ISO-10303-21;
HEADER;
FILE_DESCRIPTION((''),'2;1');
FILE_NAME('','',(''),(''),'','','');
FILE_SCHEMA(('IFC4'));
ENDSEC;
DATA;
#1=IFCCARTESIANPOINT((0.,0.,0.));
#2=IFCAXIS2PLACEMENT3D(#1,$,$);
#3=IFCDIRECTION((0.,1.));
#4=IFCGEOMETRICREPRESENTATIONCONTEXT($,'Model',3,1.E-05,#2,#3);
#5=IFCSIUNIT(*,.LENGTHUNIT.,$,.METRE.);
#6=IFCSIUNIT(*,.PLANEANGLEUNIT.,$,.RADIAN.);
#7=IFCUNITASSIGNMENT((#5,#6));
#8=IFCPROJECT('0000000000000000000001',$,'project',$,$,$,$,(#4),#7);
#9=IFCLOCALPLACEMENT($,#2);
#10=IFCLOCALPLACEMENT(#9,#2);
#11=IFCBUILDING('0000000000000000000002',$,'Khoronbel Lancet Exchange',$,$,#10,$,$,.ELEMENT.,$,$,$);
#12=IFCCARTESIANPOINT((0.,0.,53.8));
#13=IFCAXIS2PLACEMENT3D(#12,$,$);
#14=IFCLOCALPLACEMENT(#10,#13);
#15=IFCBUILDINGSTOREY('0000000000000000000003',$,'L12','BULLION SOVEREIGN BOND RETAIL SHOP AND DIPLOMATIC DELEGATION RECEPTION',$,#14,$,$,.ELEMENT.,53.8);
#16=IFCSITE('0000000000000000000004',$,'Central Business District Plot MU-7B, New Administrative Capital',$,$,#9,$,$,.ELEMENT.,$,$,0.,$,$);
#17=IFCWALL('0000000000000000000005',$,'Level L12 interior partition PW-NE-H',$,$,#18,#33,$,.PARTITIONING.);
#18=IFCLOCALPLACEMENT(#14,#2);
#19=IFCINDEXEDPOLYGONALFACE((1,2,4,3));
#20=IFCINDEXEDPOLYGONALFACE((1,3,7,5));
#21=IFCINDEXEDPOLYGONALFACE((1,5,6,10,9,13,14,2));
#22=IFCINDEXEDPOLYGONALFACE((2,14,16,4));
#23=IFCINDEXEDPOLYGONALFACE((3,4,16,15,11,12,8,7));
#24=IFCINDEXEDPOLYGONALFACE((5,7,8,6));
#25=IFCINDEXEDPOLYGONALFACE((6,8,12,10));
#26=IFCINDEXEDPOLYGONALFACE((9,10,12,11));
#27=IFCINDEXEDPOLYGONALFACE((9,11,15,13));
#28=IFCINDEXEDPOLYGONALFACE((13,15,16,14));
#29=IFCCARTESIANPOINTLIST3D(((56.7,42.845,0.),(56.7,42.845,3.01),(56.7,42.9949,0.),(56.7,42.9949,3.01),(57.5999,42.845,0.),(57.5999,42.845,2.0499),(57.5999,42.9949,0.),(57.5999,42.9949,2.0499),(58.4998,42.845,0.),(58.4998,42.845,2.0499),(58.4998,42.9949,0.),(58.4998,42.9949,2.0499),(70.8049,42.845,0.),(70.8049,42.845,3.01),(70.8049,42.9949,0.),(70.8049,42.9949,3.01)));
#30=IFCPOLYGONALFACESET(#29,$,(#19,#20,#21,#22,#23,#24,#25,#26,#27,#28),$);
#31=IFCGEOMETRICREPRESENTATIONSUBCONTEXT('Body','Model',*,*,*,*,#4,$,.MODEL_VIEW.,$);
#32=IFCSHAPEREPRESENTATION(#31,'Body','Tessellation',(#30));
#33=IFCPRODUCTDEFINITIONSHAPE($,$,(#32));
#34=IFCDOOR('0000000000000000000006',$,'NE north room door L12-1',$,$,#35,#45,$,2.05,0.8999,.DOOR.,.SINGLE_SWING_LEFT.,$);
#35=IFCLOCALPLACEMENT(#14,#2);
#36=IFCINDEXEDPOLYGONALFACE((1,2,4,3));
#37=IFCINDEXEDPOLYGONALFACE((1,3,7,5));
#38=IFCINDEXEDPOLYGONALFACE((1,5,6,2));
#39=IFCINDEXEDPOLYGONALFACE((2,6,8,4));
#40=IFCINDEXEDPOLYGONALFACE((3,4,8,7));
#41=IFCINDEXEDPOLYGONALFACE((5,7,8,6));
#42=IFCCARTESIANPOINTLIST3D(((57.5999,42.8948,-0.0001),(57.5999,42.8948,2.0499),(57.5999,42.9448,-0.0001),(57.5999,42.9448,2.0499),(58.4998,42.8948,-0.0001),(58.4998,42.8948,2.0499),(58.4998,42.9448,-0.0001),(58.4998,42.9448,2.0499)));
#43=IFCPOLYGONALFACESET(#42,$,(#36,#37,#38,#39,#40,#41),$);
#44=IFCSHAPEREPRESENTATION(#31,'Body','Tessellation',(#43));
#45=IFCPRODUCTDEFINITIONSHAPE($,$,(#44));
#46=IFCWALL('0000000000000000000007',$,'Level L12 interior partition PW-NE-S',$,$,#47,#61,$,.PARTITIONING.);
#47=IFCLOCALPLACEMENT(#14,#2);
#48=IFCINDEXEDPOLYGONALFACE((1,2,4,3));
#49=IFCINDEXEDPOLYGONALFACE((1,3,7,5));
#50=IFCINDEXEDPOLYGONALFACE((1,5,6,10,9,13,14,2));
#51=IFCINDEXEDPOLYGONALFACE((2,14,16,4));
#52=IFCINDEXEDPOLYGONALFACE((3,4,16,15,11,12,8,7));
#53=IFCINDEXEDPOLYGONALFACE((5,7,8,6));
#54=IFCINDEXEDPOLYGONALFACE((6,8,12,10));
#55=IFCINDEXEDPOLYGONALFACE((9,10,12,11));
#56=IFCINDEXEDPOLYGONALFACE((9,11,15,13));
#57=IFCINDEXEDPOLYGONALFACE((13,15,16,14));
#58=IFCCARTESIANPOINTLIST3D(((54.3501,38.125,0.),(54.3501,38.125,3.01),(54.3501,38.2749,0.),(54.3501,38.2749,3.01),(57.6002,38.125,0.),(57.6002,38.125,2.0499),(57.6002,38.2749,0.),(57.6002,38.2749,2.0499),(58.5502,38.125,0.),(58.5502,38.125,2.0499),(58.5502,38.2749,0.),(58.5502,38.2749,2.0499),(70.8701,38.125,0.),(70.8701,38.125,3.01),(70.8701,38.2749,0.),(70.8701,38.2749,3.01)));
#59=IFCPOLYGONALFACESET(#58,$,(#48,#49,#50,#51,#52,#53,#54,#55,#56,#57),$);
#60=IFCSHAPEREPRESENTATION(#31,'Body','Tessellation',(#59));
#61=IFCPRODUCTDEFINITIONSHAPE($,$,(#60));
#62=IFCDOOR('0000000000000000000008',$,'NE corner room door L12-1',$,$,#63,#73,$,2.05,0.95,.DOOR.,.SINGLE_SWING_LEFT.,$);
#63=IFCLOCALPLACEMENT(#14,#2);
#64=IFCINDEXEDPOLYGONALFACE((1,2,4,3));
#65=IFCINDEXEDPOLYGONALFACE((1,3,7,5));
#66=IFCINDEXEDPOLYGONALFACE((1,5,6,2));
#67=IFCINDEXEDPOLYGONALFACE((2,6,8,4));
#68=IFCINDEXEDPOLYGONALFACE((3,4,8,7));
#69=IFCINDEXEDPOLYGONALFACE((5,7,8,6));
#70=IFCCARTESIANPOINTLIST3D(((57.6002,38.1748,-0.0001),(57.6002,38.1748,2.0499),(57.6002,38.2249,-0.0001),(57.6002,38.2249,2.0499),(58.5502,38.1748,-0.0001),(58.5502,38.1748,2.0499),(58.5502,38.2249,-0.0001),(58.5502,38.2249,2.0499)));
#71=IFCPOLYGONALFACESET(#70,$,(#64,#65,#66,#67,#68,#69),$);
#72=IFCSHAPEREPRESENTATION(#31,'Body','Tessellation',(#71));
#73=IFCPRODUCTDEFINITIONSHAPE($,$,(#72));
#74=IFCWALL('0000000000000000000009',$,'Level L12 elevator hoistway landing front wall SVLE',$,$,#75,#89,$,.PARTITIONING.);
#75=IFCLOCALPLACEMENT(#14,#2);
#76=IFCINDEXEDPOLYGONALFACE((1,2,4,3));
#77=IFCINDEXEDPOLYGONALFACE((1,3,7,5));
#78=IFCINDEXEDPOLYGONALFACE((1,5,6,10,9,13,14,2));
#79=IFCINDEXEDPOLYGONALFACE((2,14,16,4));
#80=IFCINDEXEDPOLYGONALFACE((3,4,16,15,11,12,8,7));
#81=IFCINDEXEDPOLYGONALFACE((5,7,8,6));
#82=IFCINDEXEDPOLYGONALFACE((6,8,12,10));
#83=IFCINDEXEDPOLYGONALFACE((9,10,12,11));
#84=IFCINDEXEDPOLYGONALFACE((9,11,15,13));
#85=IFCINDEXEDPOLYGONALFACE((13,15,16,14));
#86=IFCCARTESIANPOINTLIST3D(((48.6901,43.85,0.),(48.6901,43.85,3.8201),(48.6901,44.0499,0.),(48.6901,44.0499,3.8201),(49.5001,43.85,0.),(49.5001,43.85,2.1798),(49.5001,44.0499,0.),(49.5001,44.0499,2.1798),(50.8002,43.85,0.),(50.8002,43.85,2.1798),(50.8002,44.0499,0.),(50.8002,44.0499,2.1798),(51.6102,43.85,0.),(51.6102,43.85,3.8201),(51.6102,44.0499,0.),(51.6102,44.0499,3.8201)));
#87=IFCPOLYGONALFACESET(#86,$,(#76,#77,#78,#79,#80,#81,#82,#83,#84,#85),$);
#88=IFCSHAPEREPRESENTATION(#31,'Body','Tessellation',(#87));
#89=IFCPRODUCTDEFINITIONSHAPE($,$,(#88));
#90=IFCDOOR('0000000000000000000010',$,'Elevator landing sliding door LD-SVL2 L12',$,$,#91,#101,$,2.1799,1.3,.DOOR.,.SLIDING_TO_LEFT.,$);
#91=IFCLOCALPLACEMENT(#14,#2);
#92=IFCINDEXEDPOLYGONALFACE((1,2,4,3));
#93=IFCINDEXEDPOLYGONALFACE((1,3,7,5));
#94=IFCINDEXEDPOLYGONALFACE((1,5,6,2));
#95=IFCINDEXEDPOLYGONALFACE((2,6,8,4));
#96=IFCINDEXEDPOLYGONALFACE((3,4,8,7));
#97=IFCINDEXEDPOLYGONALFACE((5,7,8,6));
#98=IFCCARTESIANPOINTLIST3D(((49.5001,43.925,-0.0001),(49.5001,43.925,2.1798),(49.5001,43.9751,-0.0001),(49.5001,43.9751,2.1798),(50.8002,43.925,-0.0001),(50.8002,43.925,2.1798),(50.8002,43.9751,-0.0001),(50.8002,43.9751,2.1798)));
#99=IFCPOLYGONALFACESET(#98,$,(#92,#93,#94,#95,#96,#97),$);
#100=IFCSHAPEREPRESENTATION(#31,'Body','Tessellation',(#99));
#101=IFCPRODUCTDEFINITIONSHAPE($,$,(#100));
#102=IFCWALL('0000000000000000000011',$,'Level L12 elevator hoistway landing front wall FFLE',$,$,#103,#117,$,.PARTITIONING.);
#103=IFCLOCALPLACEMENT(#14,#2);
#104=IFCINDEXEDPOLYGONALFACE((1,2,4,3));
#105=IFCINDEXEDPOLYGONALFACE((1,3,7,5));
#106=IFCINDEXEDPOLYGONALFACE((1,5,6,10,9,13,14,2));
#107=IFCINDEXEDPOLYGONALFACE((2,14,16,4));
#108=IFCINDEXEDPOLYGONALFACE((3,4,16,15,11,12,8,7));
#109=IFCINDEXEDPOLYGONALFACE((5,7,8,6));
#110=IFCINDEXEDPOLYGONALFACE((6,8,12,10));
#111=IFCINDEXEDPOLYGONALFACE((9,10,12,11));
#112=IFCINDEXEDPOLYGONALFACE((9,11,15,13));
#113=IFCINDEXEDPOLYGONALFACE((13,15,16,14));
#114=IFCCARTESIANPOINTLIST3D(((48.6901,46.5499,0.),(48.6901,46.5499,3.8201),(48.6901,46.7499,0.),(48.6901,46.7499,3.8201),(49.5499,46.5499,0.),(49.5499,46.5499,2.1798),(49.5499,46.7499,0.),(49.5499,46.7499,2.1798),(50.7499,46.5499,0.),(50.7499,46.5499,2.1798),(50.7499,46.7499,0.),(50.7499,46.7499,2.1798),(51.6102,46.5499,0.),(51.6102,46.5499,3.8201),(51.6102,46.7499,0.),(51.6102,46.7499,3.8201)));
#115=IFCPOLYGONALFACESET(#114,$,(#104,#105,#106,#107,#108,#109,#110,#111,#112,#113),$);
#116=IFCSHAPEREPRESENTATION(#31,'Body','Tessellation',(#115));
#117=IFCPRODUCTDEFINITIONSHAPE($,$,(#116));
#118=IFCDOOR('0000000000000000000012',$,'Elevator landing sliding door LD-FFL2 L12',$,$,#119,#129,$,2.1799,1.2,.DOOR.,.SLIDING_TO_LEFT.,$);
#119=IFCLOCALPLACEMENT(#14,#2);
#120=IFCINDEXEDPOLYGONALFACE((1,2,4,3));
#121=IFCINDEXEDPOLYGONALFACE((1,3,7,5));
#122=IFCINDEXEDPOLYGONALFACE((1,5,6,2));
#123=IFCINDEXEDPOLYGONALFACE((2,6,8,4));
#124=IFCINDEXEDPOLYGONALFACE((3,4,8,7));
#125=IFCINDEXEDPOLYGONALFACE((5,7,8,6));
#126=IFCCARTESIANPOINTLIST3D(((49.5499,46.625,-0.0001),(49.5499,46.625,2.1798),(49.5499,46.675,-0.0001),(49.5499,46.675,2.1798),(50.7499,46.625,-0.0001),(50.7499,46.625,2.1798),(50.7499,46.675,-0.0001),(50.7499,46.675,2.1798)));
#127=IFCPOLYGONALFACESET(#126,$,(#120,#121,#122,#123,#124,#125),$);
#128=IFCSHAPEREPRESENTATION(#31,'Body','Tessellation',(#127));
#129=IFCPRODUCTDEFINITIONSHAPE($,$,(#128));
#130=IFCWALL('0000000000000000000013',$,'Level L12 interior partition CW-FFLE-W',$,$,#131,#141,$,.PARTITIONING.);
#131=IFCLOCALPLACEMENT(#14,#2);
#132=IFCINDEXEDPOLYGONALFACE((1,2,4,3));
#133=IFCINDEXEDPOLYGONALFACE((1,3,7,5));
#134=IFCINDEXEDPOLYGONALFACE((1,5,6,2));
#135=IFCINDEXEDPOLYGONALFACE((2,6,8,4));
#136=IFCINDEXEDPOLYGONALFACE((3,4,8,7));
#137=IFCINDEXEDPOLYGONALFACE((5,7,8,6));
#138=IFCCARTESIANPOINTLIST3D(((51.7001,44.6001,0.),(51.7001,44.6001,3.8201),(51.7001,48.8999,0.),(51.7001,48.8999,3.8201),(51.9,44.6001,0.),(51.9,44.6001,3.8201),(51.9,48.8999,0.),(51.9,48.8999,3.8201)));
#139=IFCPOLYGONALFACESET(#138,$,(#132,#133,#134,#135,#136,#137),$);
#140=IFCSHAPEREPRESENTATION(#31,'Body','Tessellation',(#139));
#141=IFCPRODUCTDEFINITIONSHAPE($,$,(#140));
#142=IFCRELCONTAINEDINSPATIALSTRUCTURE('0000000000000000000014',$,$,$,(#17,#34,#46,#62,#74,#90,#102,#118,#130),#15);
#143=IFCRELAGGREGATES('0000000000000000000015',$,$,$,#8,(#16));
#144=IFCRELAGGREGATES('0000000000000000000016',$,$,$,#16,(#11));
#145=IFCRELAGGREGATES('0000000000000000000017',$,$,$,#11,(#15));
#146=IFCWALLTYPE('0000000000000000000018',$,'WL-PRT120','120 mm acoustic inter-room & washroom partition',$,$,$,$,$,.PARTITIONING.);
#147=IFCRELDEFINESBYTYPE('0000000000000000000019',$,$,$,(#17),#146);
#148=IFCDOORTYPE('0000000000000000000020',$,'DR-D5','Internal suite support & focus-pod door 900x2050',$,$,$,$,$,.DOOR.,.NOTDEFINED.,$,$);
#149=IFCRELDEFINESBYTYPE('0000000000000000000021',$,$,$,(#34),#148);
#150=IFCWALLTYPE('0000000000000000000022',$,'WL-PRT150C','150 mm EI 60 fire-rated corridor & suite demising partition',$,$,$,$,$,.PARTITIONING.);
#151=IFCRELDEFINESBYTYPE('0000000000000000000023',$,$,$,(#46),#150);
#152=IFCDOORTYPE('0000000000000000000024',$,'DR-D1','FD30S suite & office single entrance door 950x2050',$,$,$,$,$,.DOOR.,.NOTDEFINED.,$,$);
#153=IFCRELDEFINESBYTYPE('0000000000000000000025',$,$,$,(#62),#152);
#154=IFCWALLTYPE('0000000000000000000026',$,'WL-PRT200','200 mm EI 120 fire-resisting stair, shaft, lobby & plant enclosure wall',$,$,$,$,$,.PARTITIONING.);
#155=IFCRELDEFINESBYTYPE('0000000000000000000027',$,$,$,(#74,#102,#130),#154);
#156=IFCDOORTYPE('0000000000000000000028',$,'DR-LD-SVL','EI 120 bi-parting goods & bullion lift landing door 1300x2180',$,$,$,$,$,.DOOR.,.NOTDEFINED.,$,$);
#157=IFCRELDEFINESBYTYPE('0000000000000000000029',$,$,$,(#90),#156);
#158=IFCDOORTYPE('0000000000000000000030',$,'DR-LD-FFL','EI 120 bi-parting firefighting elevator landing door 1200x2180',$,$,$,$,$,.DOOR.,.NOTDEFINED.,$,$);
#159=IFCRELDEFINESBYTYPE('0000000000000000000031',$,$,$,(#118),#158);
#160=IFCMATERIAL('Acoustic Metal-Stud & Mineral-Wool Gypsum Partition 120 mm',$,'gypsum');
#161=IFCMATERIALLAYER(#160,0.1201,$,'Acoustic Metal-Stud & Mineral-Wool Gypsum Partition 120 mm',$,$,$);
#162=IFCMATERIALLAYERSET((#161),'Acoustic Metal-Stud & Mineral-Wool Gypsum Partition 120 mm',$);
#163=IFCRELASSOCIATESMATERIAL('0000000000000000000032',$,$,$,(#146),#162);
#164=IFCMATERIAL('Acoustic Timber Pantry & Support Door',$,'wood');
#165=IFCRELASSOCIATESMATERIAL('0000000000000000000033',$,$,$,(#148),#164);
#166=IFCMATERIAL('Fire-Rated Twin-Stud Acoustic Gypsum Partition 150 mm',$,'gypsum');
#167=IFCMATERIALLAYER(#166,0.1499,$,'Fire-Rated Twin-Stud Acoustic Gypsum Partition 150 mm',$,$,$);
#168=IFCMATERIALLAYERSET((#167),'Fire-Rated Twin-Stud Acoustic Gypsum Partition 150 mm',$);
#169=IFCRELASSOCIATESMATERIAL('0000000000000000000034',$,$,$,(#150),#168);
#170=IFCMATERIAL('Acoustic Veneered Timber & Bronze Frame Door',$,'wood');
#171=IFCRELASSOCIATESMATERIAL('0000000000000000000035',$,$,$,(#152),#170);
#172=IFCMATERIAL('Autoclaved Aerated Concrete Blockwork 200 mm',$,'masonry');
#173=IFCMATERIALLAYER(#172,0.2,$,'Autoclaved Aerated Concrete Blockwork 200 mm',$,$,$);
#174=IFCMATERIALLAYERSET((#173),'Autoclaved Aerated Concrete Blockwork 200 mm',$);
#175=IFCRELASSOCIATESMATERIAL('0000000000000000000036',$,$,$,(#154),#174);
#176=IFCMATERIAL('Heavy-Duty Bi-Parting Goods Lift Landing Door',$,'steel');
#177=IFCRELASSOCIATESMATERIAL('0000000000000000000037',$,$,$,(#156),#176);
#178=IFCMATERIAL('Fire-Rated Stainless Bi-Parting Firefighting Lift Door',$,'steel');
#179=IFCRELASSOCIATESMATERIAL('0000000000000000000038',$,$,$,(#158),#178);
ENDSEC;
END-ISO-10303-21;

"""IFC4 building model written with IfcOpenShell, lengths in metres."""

from ifc_helpers import new_model, si_unit, direction, frame, frame_2d, origin, place, context, subcontext, project, spatial, rectangle, extrude, material, layer, layer_set, type_object, element, fill, save


model = new_model("IFC4")

# Units and contexts
model_context = context("Model", 3, precision=1e-05, world=origin(), true_north=direction((0.0, 1.0)))
body_context = subcontext(model_context, "Body", "Model", "MODEL_VIEW")
ifc_project = project(units=[si_unit("LENGTHUNIT", "METRE"), si_unit("PLANEANGLEUNIT", "RADIAN")], contexts=[model_context])

# Site, building, storey
site_placement = place(None, origin())
site = spatial("IfcSite", under=ifc_project, at=site_placement, Name="Central Business District Plot MU-7B, New Administrative Capital", CompositionType="ELEMENT", RefElevation=0.0)
building_placement = place(site_placement, origin())
building = spatial("IfcBuilding", under=site, at=building_placement, Name="Khoronbel Lancet Exchange", CompositionType="ELEMENT")
storey_placement = place(building_placement, frame((0.0, 0.0, 53.8)))
storey = spatial("IfcBuildingStorey", under=building, at=storey_placement, Name="L12", Description="BULLION SOVEREIGN BOND RETAIL SHOP AND DIPLOMATIC DELEGATION RECEPTION", CompositionType="ELEMENT", Elevation=53.8)

# Shared definitions
ifc_material_1 = material(Name="Acoustic Metal-Stud & Mineral-Wool Gypsum Partition 120 mm", Category="gypsum")
ifc_layer_1 = layer(ifc_material_1, 0.1201, Name="Acoustic Metal-Stud & Mineral-Wool Gypsum Partition 120 mm")
ifc_layer_set_1 = layer_set([ifc_layer_1], Name="Acoustic Metal-Stud & Mineral-Wool Gypsum Partition 120 mm")
wall_type_1 = type_object("IfcWallType", Name="WL-PRT120", Description="120 mm acoustic inter-room & washroom partition", PredefinedType="PARTITIONING", material=ifc_layer_set_1)

# Walls, openings, doors
wall_1_placement = place(storey_placement, frame((56.7, 42.9199, 0.0), z_axis=(0.0, 0.0, 1.0), x_axis=(1.0, 0.0, 0.0)))
wall_1 = element("IfcWall", 1, at=wall_1_placement, inside=storey, type_object=wall_type_1, Name="Level L12 interior partition PW-NE-H", PredefinedType="PARTITIONING", context=body_context, shape_type="SweptSolid", body=[
    extrude(rectangle(XDim=14.105, YDim=0.1499, at=frame_2d((7.0525, 0.0))), origin(), (0.0, 0.0, 1.0), 3.01),
])
opening_1_placement = place(wall_1_placement, frame((0.8999, 0.0, 0.0)))
opening_1 = element("IfcOpeningElement", 2, at=opening_1_placement, cuts=wall_1, PredefinedType="OPENING", context=body_context, shape_type="SweptSolid", body=[
    extrude(rectangle(XDim=0.8999, YDim=2.05, at=frame_2d((0.45, 1.0249))), frame((0.0, 0.085, 0.0), z_axis=(0.0, -1.0, 0.0), x_axis=(1.0, 0.0, 0.0)), (0.0, 0.0, 1.0), 0.1699),
])
ifc_material_2 = material(Name="Acoustic Timber Pantry & Support Door", Category="wood")
door_type_1 = type_object("IfcDoorType", Name="DR-D5", Description="Internal suite support & focus-pod door 900x2050", OperationType="NOTDEFINED", PredefinedType="DOOR", material=ifc_material_2)
door_1_placement = place(opening_1_placement, origin())
door_1 = element("IfcDoor", 3, at=door_1_placement, inside=storey, type_object=door_type_1, Name="NE north room door L12-1", OperationType="SINGLE_SWING_LEFT", OverallHeight=2.05, OverallWidth=0.8999, PredefinedType="DOOR", context=body_context, shape_type="SweptSolid", body=[
    extrude(rectangle(XDim=0.8999, YDim=2.05, at=frame_2d((0.45, 1.0249))), frame((0.0, 0.0249, 0.0), z_axis=(0.0, -1.0, 0.0), x_axis=(1.0, 0.0, 0.0)), (0.0, 0.0, 1.0), 0.05),
])
fill(opening_1, door_1)
ifc_material_3 = material(Name="Fire-Rated Twin-Stud Acoustic Gypsum Partition 150 mm", Category="gypsum")
ifc_layer_2 = layer(ifc_material_3, 0.1499, Name="Fire-Rated Twin-Stud Acoustic Gypsum Partition 150 mm")
ifc_layer_set_2 = layer_set([ifc_layer_2], Name="Fire-Rated Twin-Stud Acoustic Gypsum Partition 150 mm")
wall_type_2 = type_object("IfcWallType", Name="WL-PRT150C", Description="150 mm EI 60 fire-rated corridor & suite demising partition", PredefinedType="PARTITIONING", material=ifc_layer_set_2)
wall_2_placement = place(storey_placement, frame((54.3501, 38.2, 0.0), z_axis=(0.0, 0.0, 1.0), x_axis=(1.0, 0.0, 0.0)))
wall_2 = element("IfcWall", 4, at=wall_2_placement, inside=storey, type_object=wall_type_2, Name="Level L12 interior partition PW-NE-S", PredefinedType="PARTITIONING", context=body_context, shape_type="SweptSolid", body=[
    extrude(rectangle(XDim=16.52, YDim=0.1499, at=frame_2d((8.26, 0.0))), origin(), (0.0, 0.0, 1.0), 3.01),
])
opening_2_placement = place(wall_2_placement, frame((3.25, 0.0, 0.0)))
opening_2 = element("IfcOpeningElement", 5, at=opening_2_placement, cuts=wall_2, PredefinedType="OPENING", context=body_context, shape_type="SweptSolid", body=[
    extrude(rectangle(XDim=0.95, YDim=2.05, at=frame_2d((0.4751, 1.0249))), frame((0.0, 0.085, 0.0), z_axis=(0.0, -1.0, 0.0), x_axis=(1.0, 0.0, 0.0)), (0.0, 0.0, 1.0), 0.1699),
])
ifc_material_4 = material(Name="Acoustic Veneered Timber & Bronze Frame Door", Category="wood")
door_type_2 = type_object("IfcDoorType", Name="DR-D1", Description="FD30S suite & office single entrance door 950x2050", OperationType="NOTDEFINED", PredefinedType="DOOR", material=ifc_material_4)
door_2_placement = place(opening_2_placement, origin())
door_2 = element("IfcDoor", 6, at=door_2_placement, inside=storey, type_object=door_type_2, Name="NE corner room door L12-1", OperationType="SINGLE_SWING_LEFT", OverallHeight=2.05, OverallWidth=0.95, PredefinedType="DOOR", context=body_context, shape_type="SweptSolid", body=[
    extrude(rectangle(XDim=0.95, YDim=2.05, at=frame_2d((0.4751, 1.0249))), frame((0.0, 0.0249, 0.0), z_axis=(0.0, -1.0, 0.0), x_axis=(1.0, 0.0, 0.0)), (0.0, 0.0, 1.0), 0.05),
])
fill(opening_2, door_2)
ifc_material_5 = material(Name="Autoclaved Aerated Concrete Blockwork 200 mm", Category="masonry")
ifc_layer_3 = layer(ifc_material_5, 0.2, Name="Autoclaved Aerated Concrete Blockwork 200 mm")
ifc_layer_set_3 = layer_set([ifc_layer_3], Name="Autoclaved Aerated Concrete Blockwork 200 mm")
wall_type_3 = type_object("IfcWallType", Name="WL-PRT200", Description="200 mm EI 120 fire-resisting stair, shaft, lobby & plant enclosure wall", PredefinedType="PARTITIONING", material=ifc_layer_set_3)
wall_3_placement = place(storey_placement, frame((51.6101, 43.95, 0.0), z_axis=(0.0, 0.0, 1.0), x_axis=(-1.0, 0.0, 0.0)))
wall_3 = element("IfcWall", 7, at=wall_3_placement, inside=storey, type_object=wall_type_3, Name="Level L12 elevator hoistway landing front wall SVLE", PredefinedType="PARTITIONING", context=body_context, shape_type="SweptSolid", body=[
    extrude(rectangle(XDim=2.9202, YDim=0.2, at=frame_2d((1.46, 0.0))), origin(), (0.0, 0.0, 1.0), 3.8201),
])
opening_3_placement = place(wall_3_placement, frame((0.8101, 0.0, 0.0)))
opening_3 = element("IfcOpeningElement", 8, at=opening_3_placement, cuts=wall_3, PredefinedType="OPENING", context=body_context, shape_type="SweptSolid", body=[
    extrude(rectangle(XDim=1.3, YDim=2.1799, at=frame_2d((0.6499, 1.0898))), frame((0.0, 0.1099, 0.0), z_axis=(0.0, -1.0, 0.0), x_axis=(1.0, 0.0, 0.0)), (0.0, 0.0, 1.0), 0.22),
])
ifc_material_6 = material(Name="Heavy-Duty Bi-Parting Goods Lift Landing Door", Category="steel")
door_type_3 = type_object("IfcDoorType", Name="DR-LD-SVL", Description="EI 120 bi-parting goods & bullion lift landing door 1300x2180", OperationType="NOTDEFINED", PredefinedType="DOOR", material=ifc_material_6)
door_3_placement = place(opening_3_placement, origin())
door_3 = element("IfcDoor", 9, at=door_3_placement, inside=storey, type_object=door_type_3, Name="Elevator landing sliding door LD-SVL2 L12", OperationType="SLIDING_TO_LEFT", OverallHeight=2.1799, OverallWidth=1.3, PredefinedType="DOOR", context=body_context, shape_type="SweptSolid", body=[
    extrude(rectangle(XDim=1.3, YDim=2.1799, at=frame_2d((0.6499, 1.0898))), frame((0.0, 0.0249, 0.0), z_axis=(0.0, -1.0, 0.0), x_axis=(1.0, 0.0, 0.0)), (0.0, 0.0, 1.0), 0.05),
])
fill(opening_3, door_3)
wall_4_placement = place(storey_placement, frame((51.6101, 46.6499, 0.0), z_axis=(0.0, 0.0, 1.0), x_axis=(-1.0, 0.0, 0.0)))
wall_4 = element("IfcWall", 10, at=wall_4_placement, inside=storey, type_object=wall_type_3, Name="Level L12 elevator hoistway landing front wall FFLE", PredefinedType="PARTITIONING", context=body_context, shape_type="SweptSolid", body=[
    extrude(rectangle(XDim=2.9202, YDim=0.2, at=frame_2d((1.46, 0.0))), origin(), (0.0, 0.0, 1.0), 3.8201),
])
opening_4_placement = place(wall_4_placement, frame((0.8601, 0.0, 0.0)))
opening_4 = element("IfcOpeningElement", 11, at=opening_4_placement, cuts=wall_4, PredefinedType="OPENING", context=body_context, shape_type="SweptSolid", body=[
    extrude(rectangle(XDim=1.2, YDim=2.1799, at=frame_2d((0.6001, 1.0898))), frame((0.0, 0.1099, 0.0), z_axis=(0.0, -1.0, 0.0), x_axis=(1.0, 0.0, 0.0)), (0.0, 0.0, 1.0), 0.22),
])
ifc_material_7 = material(Name="Fire-Rated Stainless Bi-Parting Firefighting Lift Door", Category="steel")
door_type_4 = type_object("IfcDoorType", Name="DR-LD-FFL", Description="EI 120 bi-parting firefighting elevator landing door 1200x2180", OperationType="NOTDEFINED", PredefinedType="DOOR", material=ifc_material_7)
door_4_placement = place(opening_4_placement, origin())
door_4 = element("IfcDoor", 12, at=door_4_placement, inside=storey, type_object=door_type_4, Name="Elevator landing sliding door LD-FFL2 L12", OperationType="SLIDING_TO_LEFT", OverallHeight=2.1799, OverallWidth=1.2, PredefinedType="DOOR", context=body_context, shape_type="SweptSolid", body=[
    extrude(rectangle(XDim=1.2, YDim=2.1799, at=frame_2d((0.6001, 1.0898))), frame((0.0, 0.0249, 0.0), z_axis=(0.0, -1.0, 0.0), x_axis=(1.0, 0.0, 0.0)), (0.0, 0.0, 1.0), 0.05),
])
fill(opening_4, door_4)

# Wall
wall_5_placement = place(storey_placement, frame((51.8, 44.6001, 0.0), z_axis=(0.0, 0.0, 1.0), x_axis=(0.0, 1.0, 0.0)))
element("IfcWall", 13, at=wall_5_placement, inside=storey, type_object=wall_type_3, Name="Level L12 interior partition CW-FFLE-W", PredefinedType="PARTITIONING", context=body_context, shape_type="SweptSolid", body=[
    extrude(rectangle(XDim=4.2998, YDim=0.2, at=frame_2d((2.1499, 0.0))), origin(), (0.0, 0.0, 1.0), 3.8201),
])

save(model, "model.ifc")
